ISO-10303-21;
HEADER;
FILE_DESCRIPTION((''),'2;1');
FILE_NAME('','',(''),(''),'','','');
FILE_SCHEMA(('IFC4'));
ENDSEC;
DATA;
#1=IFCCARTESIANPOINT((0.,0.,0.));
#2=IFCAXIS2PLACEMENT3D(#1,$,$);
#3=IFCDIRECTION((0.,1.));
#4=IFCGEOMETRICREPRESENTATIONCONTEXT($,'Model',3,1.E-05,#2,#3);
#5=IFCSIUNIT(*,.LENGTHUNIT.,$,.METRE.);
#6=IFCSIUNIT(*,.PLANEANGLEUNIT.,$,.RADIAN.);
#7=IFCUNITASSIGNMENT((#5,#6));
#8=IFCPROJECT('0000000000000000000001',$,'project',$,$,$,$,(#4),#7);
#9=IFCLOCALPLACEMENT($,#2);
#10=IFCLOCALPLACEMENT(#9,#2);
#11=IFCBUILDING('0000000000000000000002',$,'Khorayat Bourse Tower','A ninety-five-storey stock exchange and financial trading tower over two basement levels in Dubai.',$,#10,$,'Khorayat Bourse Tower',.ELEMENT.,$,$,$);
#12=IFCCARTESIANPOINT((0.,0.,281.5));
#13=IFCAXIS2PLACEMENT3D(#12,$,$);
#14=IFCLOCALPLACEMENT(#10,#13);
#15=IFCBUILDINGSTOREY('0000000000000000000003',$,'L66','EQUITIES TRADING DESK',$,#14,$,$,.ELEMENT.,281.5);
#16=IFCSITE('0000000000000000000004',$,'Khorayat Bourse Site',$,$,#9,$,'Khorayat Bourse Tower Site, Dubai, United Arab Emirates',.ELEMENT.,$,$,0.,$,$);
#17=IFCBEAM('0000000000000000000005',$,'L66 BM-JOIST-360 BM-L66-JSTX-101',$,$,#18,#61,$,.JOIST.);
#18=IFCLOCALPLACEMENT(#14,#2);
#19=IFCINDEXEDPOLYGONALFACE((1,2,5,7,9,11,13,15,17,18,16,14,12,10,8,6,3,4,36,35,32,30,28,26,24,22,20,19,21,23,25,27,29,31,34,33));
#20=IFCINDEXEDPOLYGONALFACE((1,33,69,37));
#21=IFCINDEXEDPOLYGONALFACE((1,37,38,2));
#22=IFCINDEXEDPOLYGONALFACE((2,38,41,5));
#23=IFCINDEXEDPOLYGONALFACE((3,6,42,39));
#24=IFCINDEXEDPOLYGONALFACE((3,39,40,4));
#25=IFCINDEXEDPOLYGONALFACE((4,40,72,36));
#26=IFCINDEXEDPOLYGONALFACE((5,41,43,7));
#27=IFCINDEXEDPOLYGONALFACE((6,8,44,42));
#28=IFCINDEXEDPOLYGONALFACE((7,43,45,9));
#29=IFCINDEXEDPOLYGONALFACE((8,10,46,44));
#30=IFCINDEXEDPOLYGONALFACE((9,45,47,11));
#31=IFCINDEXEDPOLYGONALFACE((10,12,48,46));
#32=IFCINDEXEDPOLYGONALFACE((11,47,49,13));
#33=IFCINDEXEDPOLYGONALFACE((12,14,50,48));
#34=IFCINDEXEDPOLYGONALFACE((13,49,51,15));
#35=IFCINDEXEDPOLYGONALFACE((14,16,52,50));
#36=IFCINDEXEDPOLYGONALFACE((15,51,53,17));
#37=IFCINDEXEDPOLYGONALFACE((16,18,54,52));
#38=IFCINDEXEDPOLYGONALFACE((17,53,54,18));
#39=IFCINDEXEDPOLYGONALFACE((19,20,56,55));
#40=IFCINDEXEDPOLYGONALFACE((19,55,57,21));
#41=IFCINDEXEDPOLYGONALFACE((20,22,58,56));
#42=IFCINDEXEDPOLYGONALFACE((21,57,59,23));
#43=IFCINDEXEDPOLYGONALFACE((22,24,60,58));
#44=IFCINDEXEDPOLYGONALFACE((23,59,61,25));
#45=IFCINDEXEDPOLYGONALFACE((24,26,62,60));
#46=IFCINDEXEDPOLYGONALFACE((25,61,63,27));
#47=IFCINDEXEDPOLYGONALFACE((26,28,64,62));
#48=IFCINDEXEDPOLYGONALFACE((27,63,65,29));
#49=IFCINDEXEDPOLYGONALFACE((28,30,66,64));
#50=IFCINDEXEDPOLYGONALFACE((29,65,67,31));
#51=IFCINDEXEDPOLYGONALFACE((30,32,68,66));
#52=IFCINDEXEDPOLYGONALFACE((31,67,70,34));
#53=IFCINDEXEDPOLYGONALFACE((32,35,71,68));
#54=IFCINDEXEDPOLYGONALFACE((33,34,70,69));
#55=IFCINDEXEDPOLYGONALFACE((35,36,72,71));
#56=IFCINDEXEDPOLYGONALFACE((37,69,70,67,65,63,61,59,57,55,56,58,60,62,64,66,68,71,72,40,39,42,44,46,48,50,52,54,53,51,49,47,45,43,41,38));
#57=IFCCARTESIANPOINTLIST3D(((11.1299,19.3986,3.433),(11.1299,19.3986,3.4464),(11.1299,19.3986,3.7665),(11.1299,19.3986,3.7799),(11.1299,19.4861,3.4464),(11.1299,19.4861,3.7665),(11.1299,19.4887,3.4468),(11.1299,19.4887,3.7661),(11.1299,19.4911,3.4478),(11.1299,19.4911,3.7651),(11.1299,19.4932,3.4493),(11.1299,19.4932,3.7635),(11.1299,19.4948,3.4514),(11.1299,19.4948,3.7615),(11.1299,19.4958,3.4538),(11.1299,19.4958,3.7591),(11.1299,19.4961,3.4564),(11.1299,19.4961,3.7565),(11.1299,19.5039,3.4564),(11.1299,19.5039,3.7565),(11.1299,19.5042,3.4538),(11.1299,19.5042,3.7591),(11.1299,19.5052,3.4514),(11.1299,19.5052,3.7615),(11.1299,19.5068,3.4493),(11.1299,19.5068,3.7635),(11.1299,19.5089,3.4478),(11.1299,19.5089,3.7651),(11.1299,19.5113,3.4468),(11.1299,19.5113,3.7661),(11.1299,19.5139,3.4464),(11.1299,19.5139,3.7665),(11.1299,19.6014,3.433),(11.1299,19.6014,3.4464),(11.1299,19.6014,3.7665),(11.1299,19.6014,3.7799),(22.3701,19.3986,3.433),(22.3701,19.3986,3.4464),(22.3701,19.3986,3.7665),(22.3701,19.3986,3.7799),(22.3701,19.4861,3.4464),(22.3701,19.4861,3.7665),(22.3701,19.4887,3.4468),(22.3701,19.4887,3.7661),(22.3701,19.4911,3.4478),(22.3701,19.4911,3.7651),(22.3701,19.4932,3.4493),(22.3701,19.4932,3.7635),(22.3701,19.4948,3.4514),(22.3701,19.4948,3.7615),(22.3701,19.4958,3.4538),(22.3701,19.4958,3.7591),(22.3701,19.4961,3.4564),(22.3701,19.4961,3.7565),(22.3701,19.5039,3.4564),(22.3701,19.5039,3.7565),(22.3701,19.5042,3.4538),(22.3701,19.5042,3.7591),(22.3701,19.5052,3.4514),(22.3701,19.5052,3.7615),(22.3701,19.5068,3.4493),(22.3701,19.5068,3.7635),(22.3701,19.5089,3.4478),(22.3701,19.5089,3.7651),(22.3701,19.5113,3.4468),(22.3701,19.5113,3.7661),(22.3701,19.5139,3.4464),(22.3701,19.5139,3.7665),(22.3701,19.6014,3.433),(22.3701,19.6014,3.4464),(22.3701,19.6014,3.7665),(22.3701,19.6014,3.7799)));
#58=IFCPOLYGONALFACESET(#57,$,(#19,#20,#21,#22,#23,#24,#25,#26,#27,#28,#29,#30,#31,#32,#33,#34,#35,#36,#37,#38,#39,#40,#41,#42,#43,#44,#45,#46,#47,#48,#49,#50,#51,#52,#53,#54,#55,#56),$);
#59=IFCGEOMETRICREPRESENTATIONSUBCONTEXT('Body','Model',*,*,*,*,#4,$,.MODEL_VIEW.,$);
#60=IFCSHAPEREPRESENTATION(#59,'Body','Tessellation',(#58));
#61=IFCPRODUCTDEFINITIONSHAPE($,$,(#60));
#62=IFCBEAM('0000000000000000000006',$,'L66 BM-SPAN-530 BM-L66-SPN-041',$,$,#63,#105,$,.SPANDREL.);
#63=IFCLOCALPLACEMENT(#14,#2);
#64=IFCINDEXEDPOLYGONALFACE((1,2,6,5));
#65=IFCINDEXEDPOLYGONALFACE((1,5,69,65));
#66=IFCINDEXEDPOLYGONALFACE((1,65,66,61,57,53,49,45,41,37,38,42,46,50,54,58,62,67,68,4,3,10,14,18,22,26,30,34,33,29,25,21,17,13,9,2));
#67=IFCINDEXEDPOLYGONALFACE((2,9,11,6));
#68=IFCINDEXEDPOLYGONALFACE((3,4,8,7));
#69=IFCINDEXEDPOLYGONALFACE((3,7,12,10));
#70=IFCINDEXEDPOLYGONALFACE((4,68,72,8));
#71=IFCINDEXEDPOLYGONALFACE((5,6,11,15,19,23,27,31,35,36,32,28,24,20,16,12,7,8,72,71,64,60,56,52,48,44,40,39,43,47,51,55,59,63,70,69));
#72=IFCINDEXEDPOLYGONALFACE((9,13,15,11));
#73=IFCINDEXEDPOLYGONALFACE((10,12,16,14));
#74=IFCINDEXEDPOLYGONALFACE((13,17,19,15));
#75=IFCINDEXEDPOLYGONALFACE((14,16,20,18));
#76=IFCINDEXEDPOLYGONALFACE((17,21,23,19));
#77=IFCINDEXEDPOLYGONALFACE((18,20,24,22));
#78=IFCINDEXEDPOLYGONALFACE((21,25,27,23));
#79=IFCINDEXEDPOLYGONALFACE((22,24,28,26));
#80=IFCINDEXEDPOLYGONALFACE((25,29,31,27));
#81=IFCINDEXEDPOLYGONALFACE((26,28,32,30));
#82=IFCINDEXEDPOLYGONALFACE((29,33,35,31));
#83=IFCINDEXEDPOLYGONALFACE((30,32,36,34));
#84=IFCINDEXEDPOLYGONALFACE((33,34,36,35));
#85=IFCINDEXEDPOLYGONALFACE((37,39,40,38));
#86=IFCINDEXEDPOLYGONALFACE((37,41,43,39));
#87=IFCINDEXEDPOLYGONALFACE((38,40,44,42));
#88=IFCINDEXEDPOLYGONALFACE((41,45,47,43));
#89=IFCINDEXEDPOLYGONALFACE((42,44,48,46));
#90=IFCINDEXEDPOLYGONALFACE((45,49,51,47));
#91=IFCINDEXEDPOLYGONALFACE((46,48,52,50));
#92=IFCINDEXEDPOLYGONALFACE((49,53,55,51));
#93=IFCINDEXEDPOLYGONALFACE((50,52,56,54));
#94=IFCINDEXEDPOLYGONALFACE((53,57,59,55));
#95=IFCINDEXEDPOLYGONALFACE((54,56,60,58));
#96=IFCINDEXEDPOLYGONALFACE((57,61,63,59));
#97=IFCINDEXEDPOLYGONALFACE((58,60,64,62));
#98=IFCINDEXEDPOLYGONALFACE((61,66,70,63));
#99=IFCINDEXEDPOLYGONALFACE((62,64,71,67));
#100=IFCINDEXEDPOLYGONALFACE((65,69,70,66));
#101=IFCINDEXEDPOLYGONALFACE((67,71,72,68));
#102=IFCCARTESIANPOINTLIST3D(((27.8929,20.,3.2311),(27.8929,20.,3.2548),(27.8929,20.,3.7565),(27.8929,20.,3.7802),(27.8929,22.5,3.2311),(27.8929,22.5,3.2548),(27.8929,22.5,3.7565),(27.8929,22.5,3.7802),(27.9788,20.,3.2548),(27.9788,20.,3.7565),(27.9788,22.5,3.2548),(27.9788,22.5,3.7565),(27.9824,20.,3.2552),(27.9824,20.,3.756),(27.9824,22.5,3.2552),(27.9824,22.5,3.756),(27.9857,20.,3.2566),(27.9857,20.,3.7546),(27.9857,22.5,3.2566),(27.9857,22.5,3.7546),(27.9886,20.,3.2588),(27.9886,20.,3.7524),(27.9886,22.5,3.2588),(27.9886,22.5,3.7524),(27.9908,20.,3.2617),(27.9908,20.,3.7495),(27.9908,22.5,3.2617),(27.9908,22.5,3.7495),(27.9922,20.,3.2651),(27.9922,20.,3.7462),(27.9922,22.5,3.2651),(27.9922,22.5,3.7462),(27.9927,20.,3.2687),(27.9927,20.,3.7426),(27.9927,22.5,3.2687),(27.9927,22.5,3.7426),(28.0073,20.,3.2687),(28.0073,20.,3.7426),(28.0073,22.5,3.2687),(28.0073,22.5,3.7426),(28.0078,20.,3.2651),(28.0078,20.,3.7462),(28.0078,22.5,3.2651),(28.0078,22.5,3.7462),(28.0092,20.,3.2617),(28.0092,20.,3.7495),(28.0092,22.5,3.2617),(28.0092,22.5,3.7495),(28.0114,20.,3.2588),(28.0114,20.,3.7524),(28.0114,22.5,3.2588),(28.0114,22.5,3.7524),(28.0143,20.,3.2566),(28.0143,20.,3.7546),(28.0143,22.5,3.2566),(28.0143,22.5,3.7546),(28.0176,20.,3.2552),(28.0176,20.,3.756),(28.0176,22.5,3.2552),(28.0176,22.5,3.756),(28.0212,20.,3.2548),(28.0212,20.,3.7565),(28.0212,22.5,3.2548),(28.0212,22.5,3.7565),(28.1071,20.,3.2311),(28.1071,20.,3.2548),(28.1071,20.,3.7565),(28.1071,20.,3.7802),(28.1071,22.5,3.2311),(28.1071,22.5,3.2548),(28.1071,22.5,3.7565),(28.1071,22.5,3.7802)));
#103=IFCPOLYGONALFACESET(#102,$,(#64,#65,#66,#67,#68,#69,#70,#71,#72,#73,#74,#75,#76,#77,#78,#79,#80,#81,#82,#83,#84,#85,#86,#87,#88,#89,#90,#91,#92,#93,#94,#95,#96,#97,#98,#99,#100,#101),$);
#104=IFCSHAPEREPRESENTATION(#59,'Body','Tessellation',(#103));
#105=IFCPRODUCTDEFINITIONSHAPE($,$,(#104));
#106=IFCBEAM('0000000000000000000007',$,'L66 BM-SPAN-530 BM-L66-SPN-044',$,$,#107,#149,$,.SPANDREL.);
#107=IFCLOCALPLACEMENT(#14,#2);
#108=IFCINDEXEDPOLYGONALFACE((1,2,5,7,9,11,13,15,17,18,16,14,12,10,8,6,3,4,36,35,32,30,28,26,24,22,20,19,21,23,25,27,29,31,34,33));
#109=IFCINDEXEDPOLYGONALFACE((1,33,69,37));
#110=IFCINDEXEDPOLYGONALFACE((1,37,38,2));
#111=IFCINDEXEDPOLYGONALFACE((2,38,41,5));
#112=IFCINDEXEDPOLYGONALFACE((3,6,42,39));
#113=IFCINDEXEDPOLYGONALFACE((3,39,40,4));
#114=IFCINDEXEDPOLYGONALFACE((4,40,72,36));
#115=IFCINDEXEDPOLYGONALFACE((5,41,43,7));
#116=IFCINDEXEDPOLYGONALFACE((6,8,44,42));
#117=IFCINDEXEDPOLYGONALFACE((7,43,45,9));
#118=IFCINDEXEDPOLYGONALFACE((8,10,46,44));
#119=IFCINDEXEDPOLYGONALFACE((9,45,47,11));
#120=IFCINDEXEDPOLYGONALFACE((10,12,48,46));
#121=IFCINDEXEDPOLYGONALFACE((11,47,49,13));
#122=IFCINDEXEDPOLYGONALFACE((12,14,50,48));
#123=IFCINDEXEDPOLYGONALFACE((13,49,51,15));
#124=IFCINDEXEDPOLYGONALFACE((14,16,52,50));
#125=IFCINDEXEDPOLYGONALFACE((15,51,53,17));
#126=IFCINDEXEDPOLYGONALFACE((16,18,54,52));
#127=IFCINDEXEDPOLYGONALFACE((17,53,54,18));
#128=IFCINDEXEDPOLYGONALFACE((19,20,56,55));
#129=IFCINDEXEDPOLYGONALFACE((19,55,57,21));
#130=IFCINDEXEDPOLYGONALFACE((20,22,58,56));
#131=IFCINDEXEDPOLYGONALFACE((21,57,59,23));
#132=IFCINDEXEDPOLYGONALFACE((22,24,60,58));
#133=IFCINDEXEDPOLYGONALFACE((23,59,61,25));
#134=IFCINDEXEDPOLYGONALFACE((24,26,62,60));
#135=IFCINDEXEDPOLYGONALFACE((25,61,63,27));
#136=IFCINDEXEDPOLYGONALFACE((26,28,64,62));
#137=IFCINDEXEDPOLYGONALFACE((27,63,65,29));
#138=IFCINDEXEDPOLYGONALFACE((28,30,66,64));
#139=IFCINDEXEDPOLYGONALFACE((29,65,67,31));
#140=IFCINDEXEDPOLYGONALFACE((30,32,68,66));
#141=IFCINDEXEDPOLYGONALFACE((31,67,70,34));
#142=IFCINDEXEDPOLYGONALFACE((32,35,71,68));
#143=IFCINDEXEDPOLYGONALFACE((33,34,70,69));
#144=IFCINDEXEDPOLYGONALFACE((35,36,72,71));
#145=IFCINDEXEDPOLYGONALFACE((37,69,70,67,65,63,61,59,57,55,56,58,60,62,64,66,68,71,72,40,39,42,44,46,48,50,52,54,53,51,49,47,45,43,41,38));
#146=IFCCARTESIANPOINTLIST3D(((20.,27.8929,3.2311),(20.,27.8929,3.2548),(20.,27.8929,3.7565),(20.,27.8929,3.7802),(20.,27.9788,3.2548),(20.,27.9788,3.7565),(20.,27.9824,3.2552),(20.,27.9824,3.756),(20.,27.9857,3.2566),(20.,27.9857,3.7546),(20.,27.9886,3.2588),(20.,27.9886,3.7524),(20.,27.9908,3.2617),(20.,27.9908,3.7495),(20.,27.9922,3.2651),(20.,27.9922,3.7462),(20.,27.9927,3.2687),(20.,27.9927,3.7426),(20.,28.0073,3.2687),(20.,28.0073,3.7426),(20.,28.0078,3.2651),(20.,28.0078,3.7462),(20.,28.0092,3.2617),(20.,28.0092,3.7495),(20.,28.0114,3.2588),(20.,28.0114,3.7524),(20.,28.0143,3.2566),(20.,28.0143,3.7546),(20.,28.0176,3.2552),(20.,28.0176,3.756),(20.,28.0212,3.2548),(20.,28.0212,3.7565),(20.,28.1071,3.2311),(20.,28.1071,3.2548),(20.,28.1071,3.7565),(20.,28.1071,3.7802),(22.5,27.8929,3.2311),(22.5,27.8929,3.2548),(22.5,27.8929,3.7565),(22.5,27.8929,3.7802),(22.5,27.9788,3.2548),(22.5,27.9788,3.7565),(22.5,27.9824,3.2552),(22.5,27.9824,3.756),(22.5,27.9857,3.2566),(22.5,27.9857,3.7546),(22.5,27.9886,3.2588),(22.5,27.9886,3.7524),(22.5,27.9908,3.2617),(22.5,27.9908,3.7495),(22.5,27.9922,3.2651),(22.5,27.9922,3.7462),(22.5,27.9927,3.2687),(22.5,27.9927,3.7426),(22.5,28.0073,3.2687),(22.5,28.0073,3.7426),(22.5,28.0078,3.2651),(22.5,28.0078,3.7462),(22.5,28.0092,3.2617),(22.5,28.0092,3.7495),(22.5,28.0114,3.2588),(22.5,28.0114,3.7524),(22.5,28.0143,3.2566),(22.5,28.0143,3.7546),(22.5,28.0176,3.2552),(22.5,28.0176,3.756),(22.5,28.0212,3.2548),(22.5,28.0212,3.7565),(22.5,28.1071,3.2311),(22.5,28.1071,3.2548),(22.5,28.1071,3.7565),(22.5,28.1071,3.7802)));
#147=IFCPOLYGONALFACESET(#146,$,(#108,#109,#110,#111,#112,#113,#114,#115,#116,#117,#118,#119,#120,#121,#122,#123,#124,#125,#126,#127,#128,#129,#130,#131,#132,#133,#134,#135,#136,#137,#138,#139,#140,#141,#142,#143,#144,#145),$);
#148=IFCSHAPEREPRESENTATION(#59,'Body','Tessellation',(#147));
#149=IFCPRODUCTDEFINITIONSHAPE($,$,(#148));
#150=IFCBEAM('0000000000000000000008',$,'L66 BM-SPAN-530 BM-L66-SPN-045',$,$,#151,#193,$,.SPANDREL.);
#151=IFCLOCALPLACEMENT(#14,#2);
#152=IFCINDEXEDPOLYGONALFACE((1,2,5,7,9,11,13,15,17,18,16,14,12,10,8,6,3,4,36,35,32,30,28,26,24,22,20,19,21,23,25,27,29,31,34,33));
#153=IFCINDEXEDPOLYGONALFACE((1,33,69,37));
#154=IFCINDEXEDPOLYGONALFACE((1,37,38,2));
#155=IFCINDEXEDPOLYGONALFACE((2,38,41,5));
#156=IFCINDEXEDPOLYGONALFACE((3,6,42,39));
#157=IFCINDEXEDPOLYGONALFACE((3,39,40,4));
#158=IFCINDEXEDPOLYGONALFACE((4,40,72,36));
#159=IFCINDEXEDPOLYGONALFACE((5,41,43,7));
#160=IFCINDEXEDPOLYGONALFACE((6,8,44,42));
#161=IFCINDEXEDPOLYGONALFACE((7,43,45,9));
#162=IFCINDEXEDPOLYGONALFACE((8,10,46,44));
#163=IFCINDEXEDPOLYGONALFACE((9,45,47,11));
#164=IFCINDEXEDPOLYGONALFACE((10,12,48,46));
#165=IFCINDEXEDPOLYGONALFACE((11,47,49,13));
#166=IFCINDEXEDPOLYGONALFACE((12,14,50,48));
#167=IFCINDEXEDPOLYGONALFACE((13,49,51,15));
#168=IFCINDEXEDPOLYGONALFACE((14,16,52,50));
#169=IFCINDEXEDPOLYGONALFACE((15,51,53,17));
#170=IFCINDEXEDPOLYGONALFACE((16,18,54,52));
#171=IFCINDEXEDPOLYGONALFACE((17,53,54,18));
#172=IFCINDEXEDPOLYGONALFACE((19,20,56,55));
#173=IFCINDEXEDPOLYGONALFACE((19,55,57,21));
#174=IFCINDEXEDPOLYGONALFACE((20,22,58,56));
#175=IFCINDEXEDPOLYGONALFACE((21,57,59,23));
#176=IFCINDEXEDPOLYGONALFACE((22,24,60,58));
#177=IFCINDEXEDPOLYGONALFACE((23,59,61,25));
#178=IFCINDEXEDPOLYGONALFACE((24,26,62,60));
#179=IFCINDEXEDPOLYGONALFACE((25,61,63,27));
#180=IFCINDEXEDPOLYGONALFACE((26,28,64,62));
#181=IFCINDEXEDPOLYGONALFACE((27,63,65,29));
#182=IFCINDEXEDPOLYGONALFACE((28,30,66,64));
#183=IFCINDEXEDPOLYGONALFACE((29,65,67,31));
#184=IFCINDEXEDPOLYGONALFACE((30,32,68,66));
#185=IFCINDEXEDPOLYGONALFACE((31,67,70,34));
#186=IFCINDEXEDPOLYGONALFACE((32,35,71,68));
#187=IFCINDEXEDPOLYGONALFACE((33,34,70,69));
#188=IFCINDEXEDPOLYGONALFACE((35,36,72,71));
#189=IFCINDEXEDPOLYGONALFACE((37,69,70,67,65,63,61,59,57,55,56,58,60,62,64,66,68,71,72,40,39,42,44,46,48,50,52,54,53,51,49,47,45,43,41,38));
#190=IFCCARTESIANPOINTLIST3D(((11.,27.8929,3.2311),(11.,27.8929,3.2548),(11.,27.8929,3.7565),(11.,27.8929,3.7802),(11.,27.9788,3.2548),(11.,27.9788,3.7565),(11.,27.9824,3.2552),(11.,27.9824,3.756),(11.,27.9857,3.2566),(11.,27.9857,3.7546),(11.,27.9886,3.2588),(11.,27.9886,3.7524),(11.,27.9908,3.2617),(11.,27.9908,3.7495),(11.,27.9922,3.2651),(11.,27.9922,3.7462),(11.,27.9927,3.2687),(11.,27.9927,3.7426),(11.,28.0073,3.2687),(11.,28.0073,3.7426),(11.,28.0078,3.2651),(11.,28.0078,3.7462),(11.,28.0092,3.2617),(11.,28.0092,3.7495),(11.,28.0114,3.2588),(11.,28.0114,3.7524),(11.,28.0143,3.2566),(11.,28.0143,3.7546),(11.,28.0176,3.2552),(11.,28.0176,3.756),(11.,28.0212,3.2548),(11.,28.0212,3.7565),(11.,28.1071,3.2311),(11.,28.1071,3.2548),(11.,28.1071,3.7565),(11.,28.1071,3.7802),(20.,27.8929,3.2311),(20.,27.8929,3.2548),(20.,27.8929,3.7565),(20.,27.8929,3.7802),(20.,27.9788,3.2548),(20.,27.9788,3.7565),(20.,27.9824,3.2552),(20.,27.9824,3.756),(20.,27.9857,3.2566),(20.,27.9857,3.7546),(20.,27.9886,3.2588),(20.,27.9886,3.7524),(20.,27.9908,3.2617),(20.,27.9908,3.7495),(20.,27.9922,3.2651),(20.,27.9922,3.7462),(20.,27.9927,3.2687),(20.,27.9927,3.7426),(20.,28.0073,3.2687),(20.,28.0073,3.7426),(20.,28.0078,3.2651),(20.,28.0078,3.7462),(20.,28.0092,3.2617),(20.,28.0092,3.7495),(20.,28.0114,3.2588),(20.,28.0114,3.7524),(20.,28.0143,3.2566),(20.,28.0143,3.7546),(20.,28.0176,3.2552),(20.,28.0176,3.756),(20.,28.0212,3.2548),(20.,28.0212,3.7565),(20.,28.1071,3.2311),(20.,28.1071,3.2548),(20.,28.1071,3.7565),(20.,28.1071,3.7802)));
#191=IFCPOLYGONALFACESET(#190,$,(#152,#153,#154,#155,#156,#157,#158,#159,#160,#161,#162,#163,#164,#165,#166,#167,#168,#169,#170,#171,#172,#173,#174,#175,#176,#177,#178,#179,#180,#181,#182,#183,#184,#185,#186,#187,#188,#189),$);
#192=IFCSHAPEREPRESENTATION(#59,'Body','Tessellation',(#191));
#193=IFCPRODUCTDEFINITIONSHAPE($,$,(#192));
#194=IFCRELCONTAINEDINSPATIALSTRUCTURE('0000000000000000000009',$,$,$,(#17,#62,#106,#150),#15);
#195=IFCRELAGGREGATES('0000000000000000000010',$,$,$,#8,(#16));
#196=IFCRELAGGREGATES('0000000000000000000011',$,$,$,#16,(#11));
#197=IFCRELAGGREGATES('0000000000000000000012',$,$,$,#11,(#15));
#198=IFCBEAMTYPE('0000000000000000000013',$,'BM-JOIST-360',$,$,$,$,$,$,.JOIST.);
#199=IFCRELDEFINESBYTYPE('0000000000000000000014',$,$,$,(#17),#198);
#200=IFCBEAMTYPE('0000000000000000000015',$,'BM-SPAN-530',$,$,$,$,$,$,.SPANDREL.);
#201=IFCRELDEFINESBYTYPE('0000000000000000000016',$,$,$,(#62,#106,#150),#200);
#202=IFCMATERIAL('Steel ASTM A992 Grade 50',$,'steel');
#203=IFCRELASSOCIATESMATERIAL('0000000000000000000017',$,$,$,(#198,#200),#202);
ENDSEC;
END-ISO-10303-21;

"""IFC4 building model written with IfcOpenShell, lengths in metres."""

from ifc_helpers import new_model, si_unit, direction, frame, origin, origin_2d, place, context, subcontext, project, spatial, i_section, extrude, source, transform, mapped, material, material_profile, profile_set, type_object, element, save


model = new_model("IFC4")

# Units and contexts
model_context = context("Model", 3, precision=1e-05, world=origin(), true_north=direction((0.0, 1.0)))
body_context = subcontext(model_context, "Body", "Model", "MODEL_VIEW")
ifc_project = project(units=[si_unit("LENGTHUNIT", "METRE"), si_unit("PLANEANGLEUNIT", "RADIAN")], contexts=[model_context])

# Site, building, storey
site_placement = place(None, origin())
site = spatial("IfcSite", under=ifc_project, at=site_placement, Name="Khorayat Bourse Site", LongName="Khorayat Bourse Tower Site, Dubai, United Arab Emirates", CompositionType="ELEMENT", RefElevation=0.0)
building_placement = place(site_placement, origin())
building = spatial("IfcBuilding", under=site, at=building_placement, Name="Khorayat Bourse Tower", Description="A ninety-five-storey stock exchange and financial trading tower over two basement levels in Dubai.", LongName="Khorayat Bourse Tower", CompositionType="ELEMENT")
storey_placement = place(building_placement, frame((0.0, 0.0, 281.5)))
storey = spatial("IfcBuildingStorey", under=building, at=storey_placement, Name="L66", Description="EQUITIES TRADING DESK", CompositionType="ELEMENT", Elevation=281.5)

# Beams
ifc_material_1 = material(Name="Steel ASTM A992 Grade 50", Category="steel")
ifc_material_profile_1 = material_profile(ifc_material_1, i_section(OverallWidth=0.2029, OverallDepth=0.3469, WebThickness=0.0078, FlangeThickness=0.0134, FilletRadius=0.01, at=origin_2d()), Name="W360X64")
ifc_profile_set_1 = profile_set([ifc_material_profile_1], Name="Steel ASTM A992 Grade 50")
beam_type_1 = type_object("IfcBeamType", Name="BM-JOIST-360", PredefinedType="JOIST", material=ifc_profile_set_1)
shared_shape_1 = source(origin(), body_context, "Body", "SweptSolid", [
    extrude(i_section(OverallWidth=0.2029, OverallDepth=0.3469, WebThickness=0.0078, FlangeThickness=0.0134, FilletRadius=0.01, at=origin_2d()), origin(), (0.0, 0.0, 1.0), 11.2402),
])
beam_1_placement = place(storey_placement, frame((11.1299, 19.5, 3.6064), z_axis=(1.0, 0.0, 0.0), x_axis=(0.0, 1.0, 0.0)))
element("IfcBeam", 1, at=beam_1_placement, inside=storey, type_object=beam_type_1, Name="L66 BM-JOIST-360 BM-L66-JSTX-101", PredefinedType="JOIST", context=body_context, shape_type="MappedRepresentation", body=[
    mapped(shared_shape_1, transform((0.0, 0.0, 0.0), scale=1.0)),
])
ifc_material_profile_2 = material_profile(ifc_material_1, i_section(OverallWidth=0.2141, OverallDepth=0.5491, WebThickness=0.0146, FlangeThickness=0.0237, FilletRadius=0.0139, at=origin_2d()), Name="W530X138")
ifc_profile_set_2 = profile_set([ifc_material_profile_2], Name="Steel ASTM A992 Grade 50")
beam_type_2 = type_object("IfcBeamType", Name="BM-SPAN-530", PredefinedType="SPANDREL", material=ifc_profile_set_2)
shared_shape_2 = source(origin(), body_context, "Body", "SweptSolid", [
    extrude(i_section(OverallWidth=0.2141, OverallDepth=0.5491, WebThickness=0.0146, FlangeThickness=0.0237, FilletRadius=0.0139, at=origin_2d()), origin(), (0.0, 0.0, 1.0), 2.5),
])
for number, where, z_axis, x_axis, name in (
    (2, (28.0, 20.0, 3.5056), (0.0, 1.0, 0.0), (-1.0, 0.0, 0.0), "L66 BM-SPAN-530 BM-L66-SPN-041"),
    (3, (20.0, 28.0, 3.5056), (1.0, 0.0, 0.0), (0.0, 1.0, 0.0), "L66 BM-SPAN-530 BM-L66-SPN-044"),
):
    element("IfcBeam", number, at=place(storey_placement, frame(where, z_axis=z_axis, x_axis=x_axis)), inside=storey, type_object=beam_type_2, Name=name, PredefinedType="SPANDREL", context=body_context, shape_type="MappedRepresentation", body=[
        mapped(shared_shape_2, transform((0.0, 0.0, 0.0), scale=1.0)),
    ])
shared_shape_3 = source(origin(), body_context, "Body", "SweptSolid", [
    extrude(i_section(OverallWidth=0.2141, OverallDepth=0.5491, WebThickness=0.0146, FlangeThickness=0.0237, FilletRadius=0.0139, at=origin_2d()), origin(), (0.0, 0.0, 1.0), 9.0),
])
beam_2_placement = place(storey_placement, frame((11.0, 28.0, 3.5056), z_axis=(1.0, 0.0, 0.0), x_axis=(0.0, 1.0, 0.0)))
element("IfcBeam", 4, at=beam_2_placement, inside=storey, type_object=beam_type_2, Name="L66 BM-SPAN-530 BM-L66-SPN-045", PredefinedType="SPANDREL", context=body_context, shape_type="MappedRepresentation", body=[
    mapped(shared_shape_3, transform((0.0, 0.0, 0.0), scale=1.0)),
])

save(model, "model.ifc")
